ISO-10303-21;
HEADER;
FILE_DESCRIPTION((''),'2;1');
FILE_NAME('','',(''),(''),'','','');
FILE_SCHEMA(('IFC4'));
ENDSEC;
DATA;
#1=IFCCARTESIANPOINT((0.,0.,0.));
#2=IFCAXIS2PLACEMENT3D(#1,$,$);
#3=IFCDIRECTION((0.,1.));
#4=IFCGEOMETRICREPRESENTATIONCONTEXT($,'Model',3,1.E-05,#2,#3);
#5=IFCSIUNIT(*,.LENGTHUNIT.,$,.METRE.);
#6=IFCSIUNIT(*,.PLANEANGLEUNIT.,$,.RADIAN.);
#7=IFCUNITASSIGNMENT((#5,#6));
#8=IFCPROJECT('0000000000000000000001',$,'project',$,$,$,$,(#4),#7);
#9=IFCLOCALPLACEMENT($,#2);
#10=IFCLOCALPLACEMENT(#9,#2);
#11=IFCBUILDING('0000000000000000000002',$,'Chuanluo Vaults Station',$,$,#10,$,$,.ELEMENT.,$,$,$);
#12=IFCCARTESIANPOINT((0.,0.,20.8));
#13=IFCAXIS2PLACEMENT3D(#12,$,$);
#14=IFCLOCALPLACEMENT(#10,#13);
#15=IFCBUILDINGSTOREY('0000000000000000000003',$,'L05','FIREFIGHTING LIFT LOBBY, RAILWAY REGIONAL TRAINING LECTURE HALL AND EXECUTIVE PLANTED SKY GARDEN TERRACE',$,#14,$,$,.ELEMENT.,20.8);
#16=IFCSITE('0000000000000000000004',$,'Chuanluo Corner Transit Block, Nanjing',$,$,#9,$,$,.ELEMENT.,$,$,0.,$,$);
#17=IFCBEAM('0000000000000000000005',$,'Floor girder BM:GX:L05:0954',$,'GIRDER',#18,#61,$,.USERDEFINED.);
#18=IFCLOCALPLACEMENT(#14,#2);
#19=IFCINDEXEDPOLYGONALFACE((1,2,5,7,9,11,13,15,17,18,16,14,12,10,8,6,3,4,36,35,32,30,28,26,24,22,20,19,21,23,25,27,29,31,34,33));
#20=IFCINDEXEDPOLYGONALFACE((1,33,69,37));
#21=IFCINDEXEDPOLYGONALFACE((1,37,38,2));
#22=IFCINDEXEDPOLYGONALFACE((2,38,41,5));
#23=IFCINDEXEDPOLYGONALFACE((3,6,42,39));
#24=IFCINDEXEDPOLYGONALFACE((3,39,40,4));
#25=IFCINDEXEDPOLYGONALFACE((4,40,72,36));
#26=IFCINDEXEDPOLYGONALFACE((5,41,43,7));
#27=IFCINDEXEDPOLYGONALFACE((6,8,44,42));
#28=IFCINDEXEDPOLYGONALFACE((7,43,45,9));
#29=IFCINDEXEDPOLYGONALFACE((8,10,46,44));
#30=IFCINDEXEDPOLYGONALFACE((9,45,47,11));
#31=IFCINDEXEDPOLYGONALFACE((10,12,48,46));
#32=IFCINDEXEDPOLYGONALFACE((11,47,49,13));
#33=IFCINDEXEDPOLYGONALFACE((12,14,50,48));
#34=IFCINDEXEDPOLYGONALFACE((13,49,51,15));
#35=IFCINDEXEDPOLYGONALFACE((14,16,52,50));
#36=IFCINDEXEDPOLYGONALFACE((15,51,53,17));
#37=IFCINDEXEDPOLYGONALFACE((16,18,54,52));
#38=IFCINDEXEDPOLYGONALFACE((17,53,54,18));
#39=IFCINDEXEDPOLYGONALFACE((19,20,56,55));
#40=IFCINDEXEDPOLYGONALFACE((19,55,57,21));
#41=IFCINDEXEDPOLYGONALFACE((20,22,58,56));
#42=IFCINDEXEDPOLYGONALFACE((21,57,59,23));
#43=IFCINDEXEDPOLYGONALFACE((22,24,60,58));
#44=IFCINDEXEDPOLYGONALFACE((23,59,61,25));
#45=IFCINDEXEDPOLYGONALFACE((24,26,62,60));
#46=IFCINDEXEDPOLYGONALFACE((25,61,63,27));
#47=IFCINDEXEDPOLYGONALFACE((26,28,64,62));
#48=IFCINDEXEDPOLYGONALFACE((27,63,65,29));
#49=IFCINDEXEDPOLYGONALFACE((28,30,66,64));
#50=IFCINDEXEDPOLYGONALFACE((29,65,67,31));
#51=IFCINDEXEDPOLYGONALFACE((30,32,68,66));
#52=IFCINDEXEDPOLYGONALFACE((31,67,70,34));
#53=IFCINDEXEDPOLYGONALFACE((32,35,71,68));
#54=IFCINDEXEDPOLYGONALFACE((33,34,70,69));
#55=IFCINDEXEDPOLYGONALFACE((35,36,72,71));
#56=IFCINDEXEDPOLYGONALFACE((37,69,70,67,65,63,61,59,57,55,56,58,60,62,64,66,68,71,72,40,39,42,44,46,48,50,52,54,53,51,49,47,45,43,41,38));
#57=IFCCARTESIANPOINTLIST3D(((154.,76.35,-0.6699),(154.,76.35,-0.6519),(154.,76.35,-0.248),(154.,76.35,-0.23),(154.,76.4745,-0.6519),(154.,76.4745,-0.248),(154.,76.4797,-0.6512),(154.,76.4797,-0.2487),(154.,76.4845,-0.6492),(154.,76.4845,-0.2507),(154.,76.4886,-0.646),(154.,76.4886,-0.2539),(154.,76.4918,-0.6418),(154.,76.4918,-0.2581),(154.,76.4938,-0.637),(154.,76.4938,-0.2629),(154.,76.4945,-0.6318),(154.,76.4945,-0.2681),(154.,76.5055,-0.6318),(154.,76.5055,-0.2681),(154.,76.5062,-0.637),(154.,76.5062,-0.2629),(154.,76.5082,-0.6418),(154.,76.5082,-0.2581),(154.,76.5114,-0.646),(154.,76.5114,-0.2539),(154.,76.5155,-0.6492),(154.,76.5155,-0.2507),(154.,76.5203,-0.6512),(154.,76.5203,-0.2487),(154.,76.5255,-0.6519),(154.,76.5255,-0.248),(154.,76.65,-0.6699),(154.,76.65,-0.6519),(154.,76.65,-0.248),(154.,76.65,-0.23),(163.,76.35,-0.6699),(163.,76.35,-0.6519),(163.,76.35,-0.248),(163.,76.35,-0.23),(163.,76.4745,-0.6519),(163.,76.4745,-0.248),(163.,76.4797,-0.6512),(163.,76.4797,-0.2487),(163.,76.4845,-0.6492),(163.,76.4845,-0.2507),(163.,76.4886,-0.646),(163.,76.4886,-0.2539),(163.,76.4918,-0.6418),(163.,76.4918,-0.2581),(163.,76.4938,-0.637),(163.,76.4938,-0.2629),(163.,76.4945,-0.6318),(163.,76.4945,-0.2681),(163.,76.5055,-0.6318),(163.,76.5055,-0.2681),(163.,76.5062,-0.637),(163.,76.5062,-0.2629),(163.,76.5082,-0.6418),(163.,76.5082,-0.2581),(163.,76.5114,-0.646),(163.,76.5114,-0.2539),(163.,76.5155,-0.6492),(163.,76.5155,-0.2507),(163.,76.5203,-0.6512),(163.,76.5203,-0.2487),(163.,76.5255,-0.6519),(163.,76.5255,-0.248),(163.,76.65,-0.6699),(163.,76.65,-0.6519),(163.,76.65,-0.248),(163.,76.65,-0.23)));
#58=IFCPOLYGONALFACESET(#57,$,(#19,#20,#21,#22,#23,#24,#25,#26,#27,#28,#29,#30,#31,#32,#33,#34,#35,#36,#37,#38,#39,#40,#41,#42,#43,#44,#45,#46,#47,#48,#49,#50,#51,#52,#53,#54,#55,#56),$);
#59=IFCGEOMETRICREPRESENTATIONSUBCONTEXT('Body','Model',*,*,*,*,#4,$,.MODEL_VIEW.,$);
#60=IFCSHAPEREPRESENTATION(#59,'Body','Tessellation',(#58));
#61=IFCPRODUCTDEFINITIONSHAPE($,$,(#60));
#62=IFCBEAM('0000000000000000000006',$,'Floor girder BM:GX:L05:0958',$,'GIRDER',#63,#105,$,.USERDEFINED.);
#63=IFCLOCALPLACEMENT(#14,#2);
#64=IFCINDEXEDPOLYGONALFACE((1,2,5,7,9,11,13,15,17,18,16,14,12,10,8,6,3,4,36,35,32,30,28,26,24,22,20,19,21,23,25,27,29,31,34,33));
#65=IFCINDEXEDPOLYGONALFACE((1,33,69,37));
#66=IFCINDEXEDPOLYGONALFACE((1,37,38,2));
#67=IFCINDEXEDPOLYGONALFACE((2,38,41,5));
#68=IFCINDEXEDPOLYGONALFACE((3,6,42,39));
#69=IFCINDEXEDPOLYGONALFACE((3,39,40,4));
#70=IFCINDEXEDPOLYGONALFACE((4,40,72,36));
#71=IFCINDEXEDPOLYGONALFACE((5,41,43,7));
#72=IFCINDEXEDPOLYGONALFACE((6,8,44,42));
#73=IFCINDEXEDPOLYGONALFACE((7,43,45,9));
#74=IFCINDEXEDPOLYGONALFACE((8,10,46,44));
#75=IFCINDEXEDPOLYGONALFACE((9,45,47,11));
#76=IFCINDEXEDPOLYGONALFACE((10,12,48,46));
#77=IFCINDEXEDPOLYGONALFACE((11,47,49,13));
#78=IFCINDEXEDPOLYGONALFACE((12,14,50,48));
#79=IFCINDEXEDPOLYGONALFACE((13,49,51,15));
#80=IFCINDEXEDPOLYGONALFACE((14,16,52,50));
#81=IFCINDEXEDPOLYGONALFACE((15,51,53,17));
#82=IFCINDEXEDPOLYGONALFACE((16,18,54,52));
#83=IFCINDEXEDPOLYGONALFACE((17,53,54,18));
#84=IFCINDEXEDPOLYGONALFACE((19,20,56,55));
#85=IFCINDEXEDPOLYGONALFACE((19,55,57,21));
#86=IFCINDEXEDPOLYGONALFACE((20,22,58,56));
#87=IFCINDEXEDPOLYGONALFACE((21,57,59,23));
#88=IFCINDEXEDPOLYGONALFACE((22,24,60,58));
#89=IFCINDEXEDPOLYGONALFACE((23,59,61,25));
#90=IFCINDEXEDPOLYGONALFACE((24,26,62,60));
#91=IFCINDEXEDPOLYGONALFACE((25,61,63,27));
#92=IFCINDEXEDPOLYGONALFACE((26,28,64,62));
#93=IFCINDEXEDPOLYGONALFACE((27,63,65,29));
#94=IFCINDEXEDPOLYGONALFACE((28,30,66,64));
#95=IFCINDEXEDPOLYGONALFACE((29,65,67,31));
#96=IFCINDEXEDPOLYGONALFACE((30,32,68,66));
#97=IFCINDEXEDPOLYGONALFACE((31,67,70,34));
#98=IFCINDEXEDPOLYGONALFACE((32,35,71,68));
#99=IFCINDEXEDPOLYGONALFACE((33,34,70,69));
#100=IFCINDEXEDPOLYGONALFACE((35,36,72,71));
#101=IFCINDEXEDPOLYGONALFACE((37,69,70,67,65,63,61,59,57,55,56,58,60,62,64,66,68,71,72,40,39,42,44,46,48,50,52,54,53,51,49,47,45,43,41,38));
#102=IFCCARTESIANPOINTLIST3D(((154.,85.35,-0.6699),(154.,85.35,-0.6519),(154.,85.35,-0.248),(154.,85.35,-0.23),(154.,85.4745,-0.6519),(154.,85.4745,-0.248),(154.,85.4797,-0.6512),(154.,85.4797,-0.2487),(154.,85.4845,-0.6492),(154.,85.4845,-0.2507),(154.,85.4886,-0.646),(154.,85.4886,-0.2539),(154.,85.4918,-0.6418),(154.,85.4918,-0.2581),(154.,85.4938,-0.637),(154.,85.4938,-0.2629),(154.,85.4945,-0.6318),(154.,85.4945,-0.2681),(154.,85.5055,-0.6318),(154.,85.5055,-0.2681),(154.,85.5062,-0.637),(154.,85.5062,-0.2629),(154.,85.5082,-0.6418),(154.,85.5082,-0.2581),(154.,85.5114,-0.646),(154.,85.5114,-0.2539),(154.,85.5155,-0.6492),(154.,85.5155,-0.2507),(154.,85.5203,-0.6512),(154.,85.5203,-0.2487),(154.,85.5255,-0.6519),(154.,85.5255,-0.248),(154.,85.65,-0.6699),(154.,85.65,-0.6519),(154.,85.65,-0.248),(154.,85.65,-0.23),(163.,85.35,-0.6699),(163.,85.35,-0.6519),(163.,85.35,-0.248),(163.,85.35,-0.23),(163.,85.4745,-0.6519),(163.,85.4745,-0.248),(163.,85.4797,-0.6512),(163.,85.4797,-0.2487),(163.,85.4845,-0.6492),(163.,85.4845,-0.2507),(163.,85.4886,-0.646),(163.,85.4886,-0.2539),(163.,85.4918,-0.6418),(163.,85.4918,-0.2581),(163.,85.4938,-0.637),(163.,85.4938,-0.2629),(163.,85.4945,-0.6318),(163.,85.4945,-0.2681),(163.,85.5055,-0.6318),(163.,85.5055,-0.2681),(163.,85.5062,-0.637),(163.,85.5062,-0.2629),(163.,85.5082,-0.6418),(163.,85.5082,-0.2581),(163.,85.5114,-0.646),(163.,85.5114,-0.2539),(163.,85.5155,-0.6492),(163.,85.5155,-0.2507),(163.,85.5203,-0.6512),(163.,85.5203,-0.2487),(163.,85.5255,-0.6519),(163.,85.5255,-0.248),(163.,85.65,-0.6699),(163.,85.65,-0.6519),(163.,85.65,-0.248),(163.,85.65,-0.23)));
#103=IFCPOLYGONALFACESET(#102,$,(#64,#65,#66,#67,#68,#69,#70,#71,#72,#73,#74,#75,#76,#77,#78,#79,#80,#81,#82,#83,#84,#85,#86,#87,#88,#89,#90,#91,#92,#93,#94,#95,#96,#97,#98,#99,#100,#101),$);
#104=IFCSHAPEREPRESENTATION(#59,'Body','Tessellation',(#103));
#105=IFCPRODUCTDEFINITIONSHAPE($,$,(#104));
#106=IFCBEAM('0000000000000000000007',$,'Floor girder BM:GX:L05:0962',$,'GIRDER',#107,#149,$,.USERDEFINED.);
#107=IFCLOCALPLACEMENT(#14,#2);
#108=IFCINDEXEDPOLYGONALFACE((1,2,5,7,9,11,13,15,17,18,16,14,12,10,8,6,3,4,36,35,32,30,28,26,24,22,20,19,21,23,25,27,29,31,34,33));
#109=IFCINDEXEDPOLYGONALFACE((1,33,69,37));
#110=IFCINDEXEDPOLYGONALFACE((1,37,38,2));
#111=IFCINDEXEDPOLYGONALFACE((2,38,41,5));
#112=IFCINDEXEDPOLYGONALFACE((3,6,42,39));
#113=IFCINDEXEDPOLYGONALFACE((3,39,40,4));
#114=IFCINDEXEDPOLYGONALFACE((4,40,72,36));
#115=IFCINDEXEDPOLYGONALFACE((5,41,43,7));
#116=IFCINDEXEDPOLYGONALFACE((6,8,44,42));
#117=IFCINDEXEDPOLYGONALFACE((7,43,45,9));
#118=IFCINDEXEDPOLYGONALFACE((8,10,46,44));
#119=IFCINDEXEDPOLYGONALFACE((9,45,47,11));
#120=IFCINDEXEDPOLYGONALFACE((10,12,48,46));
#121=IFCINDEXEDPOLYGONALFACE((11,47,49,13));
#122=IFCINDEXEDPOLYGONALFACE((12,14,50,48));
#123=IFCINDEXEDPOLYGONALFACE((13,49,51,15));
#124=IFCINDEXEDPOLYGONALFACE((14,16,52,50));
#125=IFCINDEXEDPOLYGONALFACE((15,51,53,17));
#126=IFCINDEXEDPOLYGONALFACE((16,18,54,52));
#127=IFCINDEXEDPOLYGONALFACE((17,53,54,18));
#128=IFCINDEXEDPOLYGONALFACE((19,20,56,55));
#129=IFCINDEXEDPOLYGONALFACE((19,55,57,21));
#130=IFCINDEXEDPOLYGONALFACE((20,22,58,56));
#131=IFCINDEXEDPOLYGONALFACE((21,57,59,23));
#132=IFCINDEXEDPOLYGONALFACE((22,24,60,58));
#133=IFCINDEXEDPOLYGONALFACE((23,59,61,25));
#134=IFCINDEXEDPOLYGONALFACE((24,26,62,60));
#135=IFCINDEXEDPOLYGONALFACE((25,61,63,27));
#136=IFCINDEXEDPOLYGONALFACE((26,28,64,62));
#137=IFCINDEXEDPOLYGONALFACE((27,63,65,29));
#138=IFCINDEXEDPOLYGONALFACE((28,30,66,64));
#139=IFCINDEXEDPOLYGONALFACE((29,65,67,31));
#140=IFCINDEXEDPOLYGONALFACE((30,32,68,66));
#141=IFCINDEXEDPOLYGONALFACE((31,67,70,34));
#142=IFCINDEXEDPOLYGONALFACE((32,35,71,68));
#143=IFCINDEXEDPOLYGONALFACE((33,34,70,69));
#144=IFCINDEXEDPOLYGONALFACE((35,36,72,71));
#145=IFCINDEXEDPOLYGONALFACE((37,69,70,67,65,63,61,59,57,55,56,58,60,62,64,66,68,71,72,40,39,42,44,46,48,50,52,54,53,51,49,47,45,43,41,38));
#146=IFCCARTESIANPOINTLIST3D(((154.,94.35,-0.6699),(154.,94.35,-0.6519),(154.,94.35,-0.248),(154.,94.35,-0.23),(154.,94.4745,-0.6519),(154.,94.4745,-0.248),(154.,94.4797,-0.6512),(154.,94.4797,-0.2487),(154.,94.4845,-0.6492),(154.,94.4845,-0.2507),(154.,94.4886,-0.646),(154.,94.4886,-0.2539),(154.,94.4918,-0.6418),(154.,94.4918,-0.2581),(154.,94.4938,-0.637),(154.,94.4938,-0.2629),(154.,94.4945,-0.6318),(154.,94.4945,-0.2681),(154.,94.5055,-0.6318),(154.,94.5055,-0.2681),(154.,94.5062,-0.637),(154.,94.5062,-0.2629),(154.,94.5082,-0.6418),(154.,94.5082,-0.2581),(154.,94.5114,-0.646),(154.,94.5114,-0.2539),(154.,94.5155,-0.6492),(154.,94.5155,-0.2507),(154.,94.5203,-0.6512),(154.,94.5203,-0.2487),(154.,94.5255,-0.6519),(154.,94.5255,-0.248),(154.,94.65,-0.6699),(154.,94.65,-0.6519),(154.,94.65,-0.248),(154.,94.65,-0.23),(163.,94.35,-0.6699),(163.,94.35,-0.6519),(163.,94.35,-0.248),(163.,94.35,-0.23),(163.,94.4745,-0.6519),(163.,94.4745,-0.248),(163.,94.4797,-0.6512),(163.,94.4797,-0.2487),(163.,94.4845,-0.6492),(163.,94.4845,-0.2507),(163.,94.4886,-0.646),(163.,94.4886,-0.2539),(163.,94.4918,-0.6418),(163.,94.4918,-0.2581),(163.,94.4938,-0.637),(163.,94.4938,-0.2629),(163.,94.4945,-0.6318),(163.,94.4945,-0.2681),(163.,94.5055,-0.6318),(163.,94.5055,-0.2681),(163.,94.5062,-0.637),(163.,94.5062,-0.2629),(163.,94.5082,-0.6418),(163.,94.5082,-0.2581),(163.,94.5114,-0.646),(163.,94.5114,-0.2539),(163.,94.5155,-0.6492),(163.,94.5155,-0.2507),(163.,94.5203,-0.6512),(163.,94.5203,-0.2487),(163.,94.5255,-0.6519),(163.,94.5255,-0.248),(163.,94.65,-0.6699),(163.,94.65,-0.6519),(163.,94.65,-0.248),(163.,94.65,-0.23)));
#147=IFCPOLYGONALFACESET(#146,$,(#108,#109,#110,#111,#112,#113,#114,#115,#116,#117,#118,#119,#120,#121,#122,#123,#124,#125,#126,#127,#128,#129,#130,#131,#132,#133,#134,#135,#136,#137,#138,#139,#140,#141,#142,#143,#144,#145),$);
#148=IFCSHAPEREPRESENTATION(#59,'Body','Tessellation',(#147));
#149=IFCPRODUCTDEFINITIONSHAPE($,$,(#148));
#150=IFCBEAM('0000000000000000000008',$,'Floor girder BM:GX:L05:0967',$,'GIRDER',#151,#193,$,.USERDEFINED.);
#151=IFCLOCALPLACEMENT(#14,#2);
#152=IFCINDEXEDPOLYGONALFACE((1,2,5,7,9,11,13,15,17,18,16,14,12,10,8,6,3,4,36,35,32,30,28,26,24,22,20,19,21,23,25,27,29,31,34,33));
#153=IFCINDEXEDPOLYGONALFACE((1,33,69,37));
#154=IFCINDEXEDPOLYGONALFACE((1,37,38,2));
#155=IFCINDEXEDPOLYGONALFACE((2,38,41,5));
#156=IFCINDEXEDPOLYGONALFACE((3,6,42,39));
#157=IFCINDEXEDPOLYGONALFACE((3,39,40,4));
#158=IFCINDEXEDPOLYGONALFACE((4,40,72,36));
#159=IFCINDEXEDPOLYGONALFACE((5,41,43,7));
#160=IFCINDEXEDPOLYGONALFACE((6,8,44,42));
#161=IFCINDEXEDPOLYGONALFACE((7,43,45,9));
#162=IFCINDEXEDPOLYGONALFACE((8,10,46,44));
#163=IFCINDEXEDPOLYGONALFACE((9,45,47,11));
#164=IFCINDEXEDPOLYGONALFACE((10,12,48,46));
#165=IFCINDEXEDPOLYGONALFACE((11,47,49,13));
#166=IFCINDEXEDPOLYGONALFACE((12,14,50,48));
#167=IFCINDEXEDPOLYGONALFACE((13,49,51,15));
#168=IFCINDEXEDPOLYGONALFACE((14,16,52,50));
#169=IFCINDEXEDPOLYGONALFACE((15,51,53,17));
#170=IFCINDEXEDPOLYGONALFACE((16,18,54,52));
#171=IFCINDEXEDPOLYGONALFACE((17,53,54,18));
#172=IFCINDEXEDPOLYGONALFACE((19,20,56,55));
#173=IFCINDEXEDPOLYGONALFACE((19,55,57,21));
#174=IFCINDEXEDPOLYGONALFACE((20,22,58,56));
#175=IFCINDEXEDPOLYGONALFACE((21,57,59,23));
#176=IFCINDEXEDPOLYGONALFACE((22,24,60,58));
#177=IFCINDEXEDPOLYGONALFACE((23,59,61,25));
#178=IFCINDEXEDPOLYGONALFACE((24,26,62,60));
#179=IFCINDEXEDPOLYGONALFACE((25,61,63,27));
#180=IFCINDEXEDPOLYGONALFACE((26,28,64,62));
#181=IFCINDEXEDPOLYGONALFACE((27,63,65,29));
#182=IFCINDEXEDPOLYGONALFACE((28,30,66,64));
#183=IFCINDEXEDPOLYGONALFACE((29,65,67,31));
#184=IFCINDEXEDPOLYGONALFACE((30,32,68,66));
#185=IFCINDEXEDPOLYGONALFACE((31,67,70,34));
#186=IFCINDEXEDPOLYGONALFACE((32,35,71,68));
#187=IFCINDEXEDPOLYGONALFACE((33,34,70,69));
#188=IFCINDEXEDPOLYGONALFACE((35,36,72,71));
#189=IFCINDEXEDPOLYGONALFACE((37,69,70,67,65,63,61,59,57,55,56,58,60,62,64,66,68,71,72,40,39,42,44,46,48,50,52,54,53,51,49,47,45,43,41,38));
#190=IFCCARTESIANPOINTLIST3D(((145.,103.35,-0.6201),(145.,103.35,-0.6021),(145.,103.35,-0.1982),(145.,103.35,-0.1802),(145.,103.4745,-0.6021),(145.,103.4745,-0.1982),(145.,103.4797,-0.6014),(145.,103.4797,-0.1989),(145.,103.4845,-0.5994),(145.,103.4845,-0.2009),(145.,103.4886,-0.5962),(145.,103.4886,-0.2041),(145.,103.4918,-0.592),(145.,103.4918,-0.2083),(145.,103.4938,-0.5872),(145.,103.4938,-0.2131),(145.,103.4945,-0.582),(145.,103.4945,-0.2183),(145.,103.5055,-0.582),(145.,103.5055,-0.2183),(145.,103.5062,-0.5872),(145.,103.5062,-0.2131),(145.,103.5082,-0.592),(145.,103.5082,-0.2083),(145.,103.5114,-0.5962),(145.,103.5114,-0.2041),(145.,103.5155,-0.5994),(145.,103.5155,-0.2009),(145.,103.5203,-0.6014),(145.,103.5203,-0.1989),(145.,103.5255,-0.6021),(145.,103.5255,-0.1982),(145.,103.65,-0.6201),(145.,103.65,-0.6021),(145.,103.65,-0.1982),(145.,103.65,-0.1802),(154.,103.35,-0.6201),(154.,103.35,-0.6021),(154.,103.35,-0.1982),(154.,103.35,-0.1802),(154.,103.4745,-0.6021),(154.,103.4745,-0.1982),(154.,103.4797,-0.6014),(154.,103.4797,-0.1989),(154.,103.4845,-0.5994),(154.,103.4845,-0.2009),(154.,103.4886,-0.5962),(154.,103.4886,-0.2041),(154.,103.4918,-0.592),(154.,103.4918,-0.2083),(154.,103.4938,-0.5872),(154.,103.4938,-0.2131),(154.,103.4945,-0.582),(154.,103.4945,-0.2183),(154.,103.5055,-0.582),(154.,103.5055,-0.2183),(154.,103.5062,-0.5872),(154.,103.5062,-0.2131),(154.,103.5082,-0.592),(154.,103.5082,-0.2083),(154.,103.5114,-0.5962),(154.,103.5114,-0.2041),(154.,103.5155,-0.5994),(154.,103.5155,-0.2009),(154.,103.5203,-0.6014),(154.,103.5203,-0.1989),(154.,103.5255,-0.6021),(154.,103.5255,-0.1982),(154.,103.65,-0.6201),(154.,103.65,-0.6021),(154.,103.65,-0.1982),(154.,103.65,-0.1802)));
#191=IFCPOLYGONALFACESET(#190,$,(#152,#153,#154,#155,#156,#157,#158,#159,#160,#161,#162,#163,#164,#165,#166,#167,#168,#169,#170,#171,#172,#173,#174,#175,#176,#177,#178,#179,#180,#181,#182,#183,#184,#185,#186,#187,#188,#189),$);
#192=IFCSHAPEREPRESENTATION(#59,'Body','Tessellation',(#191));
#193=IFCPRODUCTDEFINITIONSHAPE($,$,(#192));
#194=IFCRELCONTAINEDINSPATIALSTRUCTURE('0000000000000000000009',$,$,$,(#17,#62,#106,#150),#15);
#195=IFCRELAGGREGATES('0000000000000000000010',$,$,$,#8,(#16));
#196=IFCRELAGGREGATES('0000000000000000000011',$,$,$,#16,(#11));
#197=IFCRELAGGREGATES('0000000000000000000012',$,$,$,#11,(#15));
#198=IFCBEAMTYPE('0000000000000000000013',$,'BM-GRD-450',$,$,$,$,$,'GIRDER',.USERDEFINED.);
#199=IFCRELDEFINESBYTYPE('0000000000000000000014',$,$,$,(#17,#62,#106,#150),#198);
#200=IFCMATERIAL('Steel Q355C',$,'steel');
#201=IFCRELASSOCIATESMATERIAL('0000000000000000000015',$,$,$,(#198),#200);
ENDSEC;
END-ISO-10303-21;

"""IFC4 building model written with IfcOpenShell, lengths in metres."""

from ifc_helpers import new_model, si_unit, direction, frame, origin, origin_2d, place, context, subcontext, project, spatial, i_section, extrude, material, material_profile, profile_set, type_object, element, save


model = new_model("IFC4")

# Units and contexts
model_context = context("Model", 3, precision=1e-05, world=origin(), true_north=direction((0.0, 1.0)))
body_context = subcontext(model_context, "Body", "Model", "MODEL_VIEW")
ifc_project = project(units=[si_unit("LENGTHUNIT", "METRE"), si_unit("PLANEANGLEUNIT", "RADIAN")], contexts=[model_context])

# Site, building, storey
site_placement = place(None, origin())
site = spatial("IfcSite", under=ifc_project, at=site_placement, Name="Chuanluo Corner Transit Block, Nanjing", CompositionType="ELEMENT", RefElevation=0.0)
building_placement = place(site_placement, origin())
building = spatial("IfcBuilding", under=site, at=building_placement, Name="Chuanluo Vaults Station", CompositionType="ELEMENT")
storey_placement = place(building_placement, frame((0.0, 0.0, 20.8)))
storey = spatial("IfcBuildingStorey", under=building, at=storey_placement, Name="L05", Description="FIREFIGHTING LIFT LOBBY, RAILWAY REGIONAL TRAINING LECTURE HALL AND EXECUTIVE PLANTED SKY GARDEN TERRACE", CompositionType="ELEMENT", Elevation=20.8)

# Beams
ifc_material_1 = material(Name="Steel Q355C", Category="steel")
ifc_material_profile_1 = material_profile(ifc_material_1, i_section(OverallWidth=0.3, OverallDepth=0.4399, WebThickness=0.011, FlangeThickness=0.0181, FilletRadius=0.02, at=origin_2d()))
ifc_profile_set_1 = profile_set([ifc_material_profile_1], Name="Steel Q355C")
beam_type_1 = type_object("IfcBeamType", Name="BM-GRD-450", ElementType="GIRDER", PredefinedType="USERDEFINED", material=ifc_profile_set_1)
for number, where, z_axis, x_axis, name in (
    (1, (154.0, 76.5, -0.45), (1.0, 0.0, 0.0), (0.0, 1.0, 0.0), "Floor girder BM:GX:L05:0954"),
    (2, (154.0, 85.5, -0.45), (1.0, 0.0, 0.0), (0.0, 1.0, 0.0), "Floor girder BM:GX:L05:0958"),
    (3, (154.0, 94.5, -0.45), (1.0, 0.0, 0.0), (0.0, 1.0, 0.0), "Floor girder BM:GX:L05:0962"),
    (4, (145.0, 103.5, -0.4001), (1.0, 0.0, 0.0), (0.0, 1.0, 0.0), "Floor girder BM:GX:L05:0967"),
):
    element("IfcBeam", number, at=place(storey_placement, frame(where, z_axis=z_axis, x_axis=x_axis)), inside=storey, type_object=beam_type_1, Name=name, ObjectType="GIRDER", PredefinedType="USERDEFINED", context=body_context, shape_type="SweptSolid", body=[
        extrude(i_section(OverallWidth=0.3, OverallDepth=0.4399, WebThickness=0.011, FlangeThickness=0.0181, FilletRadius=0.02, at=origin_2d()), origin(), (0.0, 0.0, 1.0), 9.0),
    ])

save(model, "model.ifc")
